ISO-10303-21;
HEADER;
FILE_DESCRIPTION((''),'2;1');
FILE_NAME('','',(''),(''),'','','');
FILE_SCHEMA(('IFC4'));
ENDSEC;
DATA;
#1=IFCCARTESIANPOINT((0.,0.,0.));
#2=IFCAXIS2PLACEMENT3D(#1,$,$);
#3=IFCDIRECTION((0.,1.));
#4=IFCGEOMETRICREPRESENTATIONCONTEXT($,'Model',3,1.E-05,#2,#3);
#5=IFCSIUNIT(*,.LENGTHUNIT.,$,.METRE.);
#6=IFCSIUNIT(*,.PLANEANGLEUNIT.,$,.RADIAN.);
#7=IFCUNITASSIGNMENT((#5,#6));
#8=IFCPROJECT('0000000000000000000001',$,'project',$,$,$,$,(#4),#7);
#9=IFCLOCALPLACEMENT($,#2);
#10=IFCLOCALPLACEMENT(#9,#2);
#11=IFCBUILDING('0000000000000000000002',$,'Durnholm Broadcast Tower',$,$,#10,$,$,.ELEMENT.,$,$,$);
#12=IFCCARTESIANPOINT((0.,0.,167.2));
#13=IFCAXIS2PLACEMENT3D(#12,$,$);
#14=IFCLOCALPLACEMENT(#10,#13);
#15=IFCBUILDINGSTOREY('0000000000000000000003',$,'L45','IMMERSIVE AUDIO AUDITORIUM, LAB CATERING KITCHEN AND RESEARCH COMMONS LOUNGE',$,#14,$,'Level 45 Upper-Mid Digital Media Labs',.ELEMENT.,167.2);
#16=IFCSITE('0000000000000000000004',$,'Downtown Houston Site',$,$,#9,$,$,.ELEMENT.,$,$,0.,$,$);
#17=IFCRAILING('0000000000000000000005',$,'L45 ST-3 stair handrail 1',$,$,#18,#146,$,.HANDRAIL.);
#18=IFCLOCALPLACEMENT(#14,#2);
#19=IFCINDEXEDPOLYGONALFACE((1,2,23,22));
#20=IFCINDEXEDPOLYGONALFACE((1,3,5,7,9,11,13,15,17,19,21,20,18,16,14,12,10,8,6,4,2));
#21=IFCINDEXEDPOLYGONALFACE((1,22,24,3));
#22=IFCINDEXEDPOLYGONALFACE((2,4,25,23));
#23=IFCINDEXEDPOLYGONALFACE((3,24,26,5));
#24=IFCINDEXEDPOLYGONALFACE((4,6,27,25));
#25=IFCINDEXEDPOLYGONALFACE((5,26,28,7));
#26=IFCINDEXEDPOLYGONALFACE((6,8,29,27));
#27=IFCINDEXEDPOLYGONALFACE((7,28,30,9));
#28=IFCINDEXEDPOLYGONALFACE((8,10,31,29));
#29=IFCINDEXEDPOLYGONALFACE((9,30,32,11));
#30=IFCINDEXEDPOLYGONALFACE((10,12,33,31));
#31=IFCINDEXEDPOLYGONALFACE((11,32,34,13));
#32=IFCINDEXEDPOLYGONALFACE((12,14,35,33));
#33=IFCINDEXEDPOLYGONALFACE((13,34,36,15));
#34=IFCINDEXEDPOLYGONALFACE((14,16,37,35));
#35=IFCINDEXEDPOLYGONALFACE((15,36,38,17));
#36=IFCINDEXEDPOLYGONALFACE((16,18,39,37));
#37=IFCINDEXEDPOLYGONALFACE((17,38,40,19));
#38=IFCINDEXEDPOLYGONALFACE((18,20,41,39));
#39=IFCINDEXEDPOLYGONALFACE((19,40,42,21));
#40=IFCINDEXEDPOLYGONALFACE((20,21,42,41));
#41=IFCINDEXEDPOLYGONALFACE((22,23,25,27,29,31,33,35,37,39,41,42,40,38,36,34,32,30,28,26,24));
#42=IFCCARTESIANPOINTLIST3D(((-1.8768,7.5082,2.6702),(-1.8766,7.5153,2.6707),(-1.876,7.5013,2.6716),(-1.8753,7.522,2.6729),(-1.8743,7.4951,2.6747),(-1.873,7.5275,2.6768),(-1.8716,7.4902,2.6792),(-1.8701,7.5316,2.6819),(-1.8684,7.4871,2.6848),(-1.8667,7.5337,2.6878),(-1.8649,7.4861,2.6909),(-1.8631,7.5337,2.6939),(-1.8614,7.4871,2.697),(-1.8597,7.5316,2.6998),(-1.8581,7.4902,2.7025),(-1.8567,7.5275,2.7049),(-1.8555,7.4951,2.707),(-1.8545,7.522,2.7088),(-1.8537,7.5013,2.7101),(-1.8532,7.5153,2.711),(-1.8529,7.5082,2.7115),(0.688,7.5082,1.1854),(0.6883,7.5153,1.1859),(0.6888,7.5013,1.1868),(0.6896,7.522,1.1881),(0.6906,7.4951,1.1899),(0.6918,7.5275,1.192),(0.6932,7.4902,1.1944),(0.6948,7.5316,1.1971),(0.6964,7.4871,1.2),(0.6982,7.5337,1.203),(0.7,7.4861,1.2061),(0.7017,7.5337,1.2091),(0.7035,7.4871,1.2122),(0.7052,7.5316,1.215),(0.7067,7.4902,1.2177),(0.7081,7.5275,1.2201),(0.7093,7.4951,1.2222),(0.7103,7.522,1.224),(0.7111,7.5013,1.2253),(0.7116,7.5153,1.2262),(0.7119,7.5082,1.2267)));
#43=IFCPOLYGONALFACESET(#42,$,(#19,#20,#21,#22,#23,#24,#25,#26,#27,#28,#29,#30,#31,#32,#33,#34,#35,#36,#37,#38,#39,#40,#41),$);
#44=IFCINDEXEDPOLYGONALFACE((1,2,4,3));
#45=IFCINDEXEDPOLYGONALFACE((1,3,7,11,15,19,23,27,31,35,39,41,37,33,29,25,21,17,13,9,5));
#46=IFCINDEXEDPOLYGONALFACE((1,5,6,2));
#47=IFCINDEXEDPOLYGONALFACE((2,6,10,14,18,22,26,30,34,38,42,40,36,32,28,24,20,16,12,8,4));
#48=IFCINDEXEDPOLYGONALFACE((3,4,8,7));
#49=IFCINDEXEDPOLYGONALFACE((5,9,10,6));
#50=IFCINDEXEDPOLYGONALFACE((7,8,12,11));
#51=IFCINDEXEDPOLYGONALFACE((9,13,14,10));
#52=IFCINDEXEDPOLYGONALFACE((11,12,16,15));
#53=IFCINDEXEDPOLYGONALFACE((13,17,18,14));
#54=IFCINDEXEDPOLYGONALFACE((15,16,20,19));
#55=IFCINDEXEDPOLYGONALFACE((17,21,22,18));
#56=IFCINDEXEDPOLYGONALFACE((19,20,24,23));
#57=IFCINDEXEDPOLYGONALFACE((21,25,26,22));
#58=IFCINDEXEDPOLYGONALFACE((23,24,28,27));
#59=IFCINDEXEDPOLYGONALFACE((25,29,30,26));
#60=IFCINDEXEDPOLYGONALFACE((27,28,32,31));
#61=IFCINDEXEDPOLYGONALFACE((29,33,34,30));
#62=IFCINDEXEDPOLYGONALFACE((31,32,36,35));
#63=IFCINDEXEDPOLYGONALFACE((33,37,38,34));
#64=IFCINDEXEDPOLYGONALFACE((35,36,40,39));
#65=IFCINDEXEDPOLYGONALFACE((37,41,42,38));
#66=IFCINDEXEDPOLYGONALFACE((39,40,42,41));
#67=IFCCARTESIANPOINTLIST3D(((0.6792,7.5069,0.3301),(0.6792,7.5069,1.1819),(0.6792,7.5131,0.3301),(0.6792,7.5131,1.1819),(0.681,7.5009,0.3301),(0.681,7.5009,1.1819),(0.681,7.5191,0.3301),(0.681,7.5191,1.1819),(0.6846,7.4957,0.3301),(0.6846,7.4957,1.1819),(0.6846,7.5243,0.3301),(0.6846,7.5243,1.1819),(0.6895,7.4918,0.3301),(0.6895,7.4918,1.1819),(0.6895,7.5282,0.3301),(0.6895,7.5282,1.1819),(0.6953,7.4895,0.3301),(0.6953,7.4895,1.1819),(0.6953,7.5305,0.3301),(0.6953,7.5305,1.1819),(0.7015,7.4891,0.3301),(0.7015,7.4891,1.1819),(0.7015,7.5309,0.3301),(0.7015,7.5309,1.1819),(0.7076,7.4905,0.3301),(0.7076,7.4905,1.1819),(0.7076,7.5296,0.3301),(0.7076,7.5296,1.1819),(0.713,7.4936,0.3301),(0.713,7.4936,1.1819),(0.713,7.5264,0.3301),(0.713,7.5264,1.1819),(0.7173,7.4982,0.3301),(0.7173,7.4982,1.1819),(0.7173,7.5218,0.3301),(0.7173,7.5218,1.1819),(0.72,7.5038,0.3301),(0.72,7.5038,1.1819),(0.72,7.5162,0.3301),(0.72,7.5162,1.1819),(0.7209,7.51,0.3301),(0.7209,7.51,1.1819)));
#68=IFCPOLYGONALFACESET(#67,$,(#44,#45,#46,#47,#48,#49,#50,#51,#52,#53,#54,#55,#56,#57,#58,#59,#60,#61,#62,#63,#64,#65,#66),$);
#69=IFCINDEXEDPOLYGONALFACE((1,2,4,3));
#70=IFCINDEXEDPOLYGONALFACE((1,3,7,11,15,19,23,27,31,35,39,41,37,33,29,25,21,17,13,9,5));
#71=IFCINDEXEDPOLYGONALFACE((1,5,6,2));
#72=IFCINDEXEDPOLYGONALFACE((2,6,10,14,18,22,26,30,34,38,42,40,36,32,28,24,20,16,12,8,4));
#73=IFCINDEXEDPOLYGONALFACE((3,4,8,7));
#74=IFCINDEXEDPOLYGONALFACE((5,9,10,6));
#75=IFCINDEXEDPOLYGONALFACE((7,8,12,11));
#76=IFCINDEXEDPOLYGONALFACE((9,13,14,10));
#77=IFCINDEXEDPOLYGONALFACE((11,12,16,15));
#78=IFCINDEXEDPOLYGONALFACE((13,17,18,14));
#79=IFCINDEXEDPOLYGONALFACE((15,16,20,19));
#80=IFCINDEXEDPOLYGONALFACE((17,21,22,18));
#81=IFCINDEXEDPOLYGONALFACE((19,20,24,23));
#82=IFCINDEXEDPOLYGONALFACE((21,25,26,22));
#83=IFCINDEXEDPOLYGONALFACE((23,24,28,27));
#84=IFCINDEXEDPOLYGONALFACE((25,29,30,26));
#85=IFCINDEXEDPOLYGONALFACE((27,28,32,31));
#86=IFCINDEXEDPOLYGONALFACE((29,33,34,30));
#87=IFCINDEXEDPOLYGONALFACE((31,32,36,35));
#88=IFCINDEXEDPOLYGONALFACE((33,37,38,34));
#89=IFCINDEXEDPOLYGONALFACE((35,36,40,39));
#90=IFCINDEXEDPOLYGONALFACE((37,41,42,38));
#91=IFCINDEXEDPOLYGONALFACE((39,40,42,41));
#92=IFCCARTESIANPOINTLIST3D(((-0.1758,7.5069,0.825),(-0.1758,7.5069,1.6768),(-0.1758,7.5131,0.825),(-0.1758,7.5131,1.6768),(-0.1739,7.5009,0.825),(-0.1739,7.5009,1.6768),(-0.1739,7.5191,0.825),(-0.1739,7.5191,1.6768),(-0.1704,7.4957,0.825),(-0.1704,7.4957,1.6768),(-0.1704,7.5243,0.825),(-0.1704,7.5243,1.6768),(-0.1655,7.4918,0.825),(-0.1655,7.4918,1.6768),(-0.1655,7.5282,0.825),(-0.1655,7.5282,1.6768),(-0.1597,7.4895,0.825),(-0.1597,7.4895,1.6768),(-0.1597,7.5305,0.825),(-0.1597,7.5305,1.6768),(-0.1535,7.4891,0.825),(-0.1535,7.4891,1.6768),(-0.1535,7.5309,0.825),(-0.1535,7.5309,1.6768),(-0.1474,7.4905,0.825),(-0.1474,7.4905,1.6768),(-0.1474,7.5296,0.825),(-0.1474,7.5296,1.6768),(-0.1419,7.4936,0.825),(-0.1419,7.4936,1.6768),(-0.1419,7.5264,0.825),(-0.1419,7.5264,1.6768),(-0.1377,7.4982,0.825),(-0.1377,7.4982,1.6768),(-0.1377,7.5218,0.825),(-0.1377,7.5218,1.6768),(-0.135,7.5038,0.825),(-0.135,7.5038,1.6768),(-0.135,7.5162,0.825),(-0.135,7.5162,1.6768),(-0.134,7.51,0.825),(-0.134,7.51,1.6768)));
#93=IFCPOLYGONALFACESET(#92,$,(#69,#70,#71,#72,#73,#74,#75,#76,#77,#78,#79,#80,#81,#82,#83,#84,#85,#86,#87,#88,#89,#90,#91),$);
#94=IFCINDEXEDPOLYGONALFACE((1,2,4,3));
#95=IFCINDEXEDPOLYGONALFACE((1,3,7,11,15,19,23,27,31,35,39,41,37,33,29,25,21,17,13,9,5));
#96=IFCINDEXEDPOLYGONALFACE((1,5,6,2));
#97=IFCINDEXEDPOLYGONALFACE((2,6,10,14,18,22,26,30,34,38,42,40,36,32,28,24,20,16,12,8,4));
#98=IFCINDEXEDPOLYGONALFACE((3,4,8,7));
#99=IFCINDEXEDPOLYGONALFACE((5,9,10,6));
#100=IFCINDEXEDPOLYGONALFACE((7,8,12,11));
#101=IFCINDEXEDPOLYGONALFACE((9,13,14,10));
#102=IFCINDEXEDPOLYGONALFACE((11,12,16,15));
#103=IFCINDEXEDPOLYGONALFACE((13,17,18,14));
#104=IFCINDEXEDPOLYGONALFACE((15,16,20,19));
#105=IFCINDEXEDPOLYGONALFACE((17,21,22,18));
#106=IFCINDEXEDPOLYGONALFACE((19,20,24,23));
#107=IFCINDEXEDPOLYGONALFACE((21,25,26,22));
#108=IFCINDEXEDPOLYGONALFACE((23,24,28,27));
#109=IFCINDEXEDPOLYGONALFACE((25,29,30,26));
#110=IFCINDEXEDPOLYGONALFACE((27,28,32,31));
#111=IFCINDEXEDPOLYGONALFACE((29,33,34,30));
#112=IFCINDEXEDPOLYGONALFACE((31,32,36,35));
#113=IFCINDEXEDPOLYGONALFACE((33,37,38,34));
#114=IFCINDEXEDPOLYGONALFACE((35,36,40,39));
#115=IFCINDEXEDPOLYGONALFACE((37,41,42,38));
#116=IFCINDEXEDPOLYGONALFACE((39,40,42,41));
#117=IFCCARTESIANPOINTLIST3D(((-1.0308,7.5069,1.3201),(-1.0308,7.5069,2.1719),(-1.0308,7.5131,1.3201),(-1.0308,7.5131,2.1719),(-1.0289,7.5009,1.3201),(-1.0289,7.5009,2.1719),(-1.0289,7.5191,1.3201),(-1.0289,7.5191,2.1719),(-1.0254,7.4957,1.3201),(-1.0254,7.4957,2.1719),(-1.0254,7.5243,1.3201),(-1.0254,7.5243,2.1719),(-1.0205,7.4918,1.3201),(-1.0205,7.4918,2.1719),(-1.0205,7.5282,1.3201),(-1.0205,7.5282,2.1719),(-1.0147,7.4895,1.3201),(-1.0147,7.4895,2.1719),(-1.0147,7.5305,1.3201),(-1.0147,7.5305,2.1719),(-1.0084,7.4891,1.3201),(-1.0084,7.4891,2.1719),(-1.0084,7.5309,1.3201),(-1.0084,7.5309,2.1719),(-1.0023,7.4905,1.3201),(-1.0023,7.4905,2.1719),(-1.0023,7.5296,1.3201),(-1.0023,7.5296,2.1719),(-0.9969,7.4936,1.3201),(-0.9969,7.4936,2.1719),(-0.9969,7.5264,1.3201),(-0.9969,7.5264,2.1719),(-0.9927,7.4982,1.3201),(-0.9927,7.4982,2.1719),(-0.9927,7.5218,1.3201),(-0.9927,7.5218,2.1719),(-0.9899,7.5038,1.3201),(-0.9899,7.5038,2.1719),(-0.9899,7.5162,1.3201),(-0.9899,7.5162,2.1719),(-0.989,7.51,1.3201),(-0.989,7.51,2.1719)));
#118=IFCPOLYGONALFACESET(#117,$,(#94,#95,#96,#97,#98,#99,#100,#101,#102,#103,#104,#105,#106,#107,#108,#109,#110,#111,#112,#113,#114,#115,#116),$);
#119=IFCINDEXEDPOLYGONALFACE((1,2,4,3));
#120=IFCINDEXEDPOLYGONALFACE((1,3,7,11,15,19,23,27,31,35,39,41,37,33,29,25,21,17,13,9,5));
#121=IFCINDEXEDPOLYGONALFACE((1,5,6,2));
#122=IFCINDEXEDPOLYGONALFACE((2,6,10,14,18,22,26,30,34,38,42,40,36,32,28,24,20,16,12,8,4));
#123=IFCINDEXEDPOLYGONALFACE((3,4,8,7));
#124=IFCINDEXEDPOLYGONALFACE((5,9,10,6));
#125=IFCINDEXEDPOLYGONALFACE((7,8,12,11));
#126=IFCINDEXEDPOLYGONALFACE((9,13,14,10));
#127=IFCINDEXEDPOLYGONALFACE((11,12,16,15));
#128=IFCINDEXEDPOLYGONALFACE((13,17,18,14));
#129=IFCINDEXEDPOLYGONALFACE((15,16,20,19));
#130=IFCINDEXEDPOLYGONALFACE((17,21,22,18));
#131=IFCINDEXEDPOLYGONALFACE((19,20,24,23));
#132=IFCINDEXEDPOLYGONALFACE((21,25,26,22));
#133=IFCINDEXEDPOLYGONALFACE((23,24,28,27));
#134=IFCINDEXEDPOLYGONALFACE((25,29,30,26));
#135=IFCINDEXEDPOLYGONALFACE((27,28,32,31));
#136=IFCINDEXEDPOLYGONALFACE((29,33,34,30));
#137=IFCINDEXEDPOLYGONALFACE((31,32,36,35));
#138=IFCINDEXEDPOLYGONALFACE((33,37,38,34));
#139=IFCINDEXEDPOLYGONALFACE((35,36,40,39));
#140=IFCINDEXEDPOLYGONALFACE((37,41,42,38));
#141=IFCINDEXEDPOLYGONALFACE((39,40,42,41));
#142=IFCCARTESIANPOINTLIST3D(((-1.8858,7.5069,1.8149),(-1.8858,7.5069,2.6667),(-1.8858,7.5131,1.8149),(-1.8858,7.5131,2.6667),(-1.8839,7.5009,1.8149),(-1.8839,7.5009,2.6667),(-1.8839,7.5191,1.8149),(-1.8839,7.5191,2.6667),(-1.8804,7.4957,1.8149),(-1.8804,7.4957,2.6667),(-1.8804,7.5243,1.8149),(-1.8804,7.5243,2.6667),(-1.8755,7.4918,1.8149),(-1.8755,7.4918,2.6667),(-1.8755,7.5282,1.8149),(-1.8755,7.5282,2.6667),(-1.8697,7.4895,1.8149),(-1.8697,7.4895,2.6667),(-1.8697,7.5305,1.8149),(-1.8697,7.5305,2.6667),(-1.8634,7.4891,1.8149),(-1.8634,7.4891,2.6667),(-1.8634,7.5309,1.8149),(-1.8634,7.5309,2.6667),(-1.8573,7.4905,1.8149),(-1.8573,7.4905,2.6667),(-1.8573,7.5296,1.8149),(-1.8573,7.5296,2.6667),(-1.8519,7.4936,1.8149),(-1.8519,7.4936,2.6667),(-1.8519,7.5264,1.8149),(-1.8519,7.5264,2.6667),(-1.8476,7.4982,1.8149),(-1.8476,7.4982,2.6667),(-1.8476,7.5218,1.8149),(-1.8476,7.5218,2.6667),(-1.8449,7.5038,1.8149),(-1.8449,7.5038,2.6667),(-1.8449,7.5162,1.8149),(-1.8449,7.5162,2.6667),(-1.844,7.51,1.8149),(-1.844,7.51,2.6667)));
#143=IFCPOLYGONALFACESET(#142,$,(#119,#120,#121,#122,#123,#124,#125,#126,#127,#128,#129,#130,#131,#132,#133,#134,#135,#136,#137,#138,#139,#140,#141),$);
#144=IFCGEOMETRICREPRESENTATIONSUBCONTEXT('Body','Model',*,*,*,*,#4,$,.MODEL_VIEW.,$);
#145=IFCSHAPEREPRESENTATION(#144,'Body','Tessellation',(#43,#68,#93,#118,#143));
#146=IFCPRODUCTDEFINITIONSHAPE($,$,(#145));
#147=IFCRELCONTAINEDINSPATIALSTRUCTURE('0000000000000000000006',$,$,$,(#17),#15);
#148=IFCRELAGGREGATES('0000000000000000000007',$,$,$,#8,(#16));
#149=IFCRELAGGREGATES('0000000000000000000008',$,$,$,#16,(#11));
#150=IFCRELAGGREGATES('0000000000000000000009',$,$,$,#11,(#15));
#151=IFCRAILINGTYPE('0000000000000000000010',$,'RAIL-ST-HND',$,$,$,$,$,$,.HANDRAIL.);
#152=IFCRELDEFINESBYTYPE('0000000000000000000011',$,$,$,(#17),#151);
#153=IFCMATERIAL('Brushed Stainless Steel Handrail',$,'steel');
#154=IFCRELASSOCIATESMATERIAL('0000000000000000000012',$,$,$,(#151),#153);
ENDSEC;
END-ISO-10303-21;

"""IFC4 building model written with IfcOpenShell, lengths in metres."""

from ifc_helpers import new_model, si_unit, direction, frame, origin, origin_2d, place, context, subcontext, project, spatial, circle, extrude, material, type_object, element, save


model = new_model("IFC4")

# Units and contexts
model_context = context("Model", 3, precision=1e-05, world=origin(), true_north=direction((0.0, 1.0)))
body_context = subcontext(model_context, "Body", "Model", "MODEL_VIEW")
ifc_project = project(units=[si_unit("LENGTHUNIT", "METRE"), si_unit("PLANEANGLEUNIT", "RADIAN")], contexts=[model_context])

# Site, building, storey
site_placement = place(None, origin())
site = spatial("IfcSite", under=ifc_project, at=site_placement, Name="Downtown Houston Site", CompositionType="ELEMENT", RefElevation=0.0)
building_placement = place(site_placement, origin())
building = spatial("IfcBuilding", under=site, at=building_placement, Name="Durnholm Broadcast Tower", CompositionType="ELEMENT")
storey_placement = place(building_placement, frame((0.0, 0.0, 167.2)))
storey = spatial("IfcBuildingStorey", under=building, at=storey_placement, Name="L45", Description="IMMERSIVE AUDIO AUDITORIUM, LAB CATERING KITCHEN AND RESEARCH COMMONS LOUNGE", LongName="Level 45 Upper-Mid Digital Media Labs", CompositionType="ELEMENT", Elevation=167.2)

# Railing
ifc_material_1 = material(Name="Brushed Stainless Steel Handrail", Category="steel")
railing_type_1 = type_object("IfcRailingType", Name="RAIL-ST-HND", PredefinedType="HANDRAIL", material=ifc_material_1)
railing_1_placement = place(storey_placement, frame((0.7, 7.51, 0.3301)))
element("IfcRailing", 1, at=railing_1_placement, inside=storey, type_object=railing_type_1, Name="L45 ST-3 stair handrail 1", PredefinedType="HANDRAIL", context=body_context, shape_type="SweptSolid", body=[
    extrude(circle(Radius=0.0239, at=origin_2d()), frame((0.0, 0.0, 0.876), z_axis=(-0.865441, 0.0, 0.50101), x_axis=(0.0, -1.0, 0.0)), (0.0, 0.0, 1.0), 2.9636),
    extrude(circle(Radius=0.021, at=origin_2d()), origin(), (0.0, 0.0, 1.0), 0.8518),
    extrude(circle(Radius=0.021, at=origin_2d()), frame((-0.855, 0.0, 0.4949)), (0.0, 0.0, 1.0), 0.8518),
    extrude(circle(Radius=0.021, at=origin_2d()), frame((-1.71, 0.0, 0.99)), (0.0, 0.0, 1.0), 0.8518),
    extrude(circle(Radius=0.021, at=origin_2d()), frame((-2.5649, 0.0, 1.4849)), (0.0, 0.0, 1.0), 0.8518),
])

save(model, "model.ifc")
